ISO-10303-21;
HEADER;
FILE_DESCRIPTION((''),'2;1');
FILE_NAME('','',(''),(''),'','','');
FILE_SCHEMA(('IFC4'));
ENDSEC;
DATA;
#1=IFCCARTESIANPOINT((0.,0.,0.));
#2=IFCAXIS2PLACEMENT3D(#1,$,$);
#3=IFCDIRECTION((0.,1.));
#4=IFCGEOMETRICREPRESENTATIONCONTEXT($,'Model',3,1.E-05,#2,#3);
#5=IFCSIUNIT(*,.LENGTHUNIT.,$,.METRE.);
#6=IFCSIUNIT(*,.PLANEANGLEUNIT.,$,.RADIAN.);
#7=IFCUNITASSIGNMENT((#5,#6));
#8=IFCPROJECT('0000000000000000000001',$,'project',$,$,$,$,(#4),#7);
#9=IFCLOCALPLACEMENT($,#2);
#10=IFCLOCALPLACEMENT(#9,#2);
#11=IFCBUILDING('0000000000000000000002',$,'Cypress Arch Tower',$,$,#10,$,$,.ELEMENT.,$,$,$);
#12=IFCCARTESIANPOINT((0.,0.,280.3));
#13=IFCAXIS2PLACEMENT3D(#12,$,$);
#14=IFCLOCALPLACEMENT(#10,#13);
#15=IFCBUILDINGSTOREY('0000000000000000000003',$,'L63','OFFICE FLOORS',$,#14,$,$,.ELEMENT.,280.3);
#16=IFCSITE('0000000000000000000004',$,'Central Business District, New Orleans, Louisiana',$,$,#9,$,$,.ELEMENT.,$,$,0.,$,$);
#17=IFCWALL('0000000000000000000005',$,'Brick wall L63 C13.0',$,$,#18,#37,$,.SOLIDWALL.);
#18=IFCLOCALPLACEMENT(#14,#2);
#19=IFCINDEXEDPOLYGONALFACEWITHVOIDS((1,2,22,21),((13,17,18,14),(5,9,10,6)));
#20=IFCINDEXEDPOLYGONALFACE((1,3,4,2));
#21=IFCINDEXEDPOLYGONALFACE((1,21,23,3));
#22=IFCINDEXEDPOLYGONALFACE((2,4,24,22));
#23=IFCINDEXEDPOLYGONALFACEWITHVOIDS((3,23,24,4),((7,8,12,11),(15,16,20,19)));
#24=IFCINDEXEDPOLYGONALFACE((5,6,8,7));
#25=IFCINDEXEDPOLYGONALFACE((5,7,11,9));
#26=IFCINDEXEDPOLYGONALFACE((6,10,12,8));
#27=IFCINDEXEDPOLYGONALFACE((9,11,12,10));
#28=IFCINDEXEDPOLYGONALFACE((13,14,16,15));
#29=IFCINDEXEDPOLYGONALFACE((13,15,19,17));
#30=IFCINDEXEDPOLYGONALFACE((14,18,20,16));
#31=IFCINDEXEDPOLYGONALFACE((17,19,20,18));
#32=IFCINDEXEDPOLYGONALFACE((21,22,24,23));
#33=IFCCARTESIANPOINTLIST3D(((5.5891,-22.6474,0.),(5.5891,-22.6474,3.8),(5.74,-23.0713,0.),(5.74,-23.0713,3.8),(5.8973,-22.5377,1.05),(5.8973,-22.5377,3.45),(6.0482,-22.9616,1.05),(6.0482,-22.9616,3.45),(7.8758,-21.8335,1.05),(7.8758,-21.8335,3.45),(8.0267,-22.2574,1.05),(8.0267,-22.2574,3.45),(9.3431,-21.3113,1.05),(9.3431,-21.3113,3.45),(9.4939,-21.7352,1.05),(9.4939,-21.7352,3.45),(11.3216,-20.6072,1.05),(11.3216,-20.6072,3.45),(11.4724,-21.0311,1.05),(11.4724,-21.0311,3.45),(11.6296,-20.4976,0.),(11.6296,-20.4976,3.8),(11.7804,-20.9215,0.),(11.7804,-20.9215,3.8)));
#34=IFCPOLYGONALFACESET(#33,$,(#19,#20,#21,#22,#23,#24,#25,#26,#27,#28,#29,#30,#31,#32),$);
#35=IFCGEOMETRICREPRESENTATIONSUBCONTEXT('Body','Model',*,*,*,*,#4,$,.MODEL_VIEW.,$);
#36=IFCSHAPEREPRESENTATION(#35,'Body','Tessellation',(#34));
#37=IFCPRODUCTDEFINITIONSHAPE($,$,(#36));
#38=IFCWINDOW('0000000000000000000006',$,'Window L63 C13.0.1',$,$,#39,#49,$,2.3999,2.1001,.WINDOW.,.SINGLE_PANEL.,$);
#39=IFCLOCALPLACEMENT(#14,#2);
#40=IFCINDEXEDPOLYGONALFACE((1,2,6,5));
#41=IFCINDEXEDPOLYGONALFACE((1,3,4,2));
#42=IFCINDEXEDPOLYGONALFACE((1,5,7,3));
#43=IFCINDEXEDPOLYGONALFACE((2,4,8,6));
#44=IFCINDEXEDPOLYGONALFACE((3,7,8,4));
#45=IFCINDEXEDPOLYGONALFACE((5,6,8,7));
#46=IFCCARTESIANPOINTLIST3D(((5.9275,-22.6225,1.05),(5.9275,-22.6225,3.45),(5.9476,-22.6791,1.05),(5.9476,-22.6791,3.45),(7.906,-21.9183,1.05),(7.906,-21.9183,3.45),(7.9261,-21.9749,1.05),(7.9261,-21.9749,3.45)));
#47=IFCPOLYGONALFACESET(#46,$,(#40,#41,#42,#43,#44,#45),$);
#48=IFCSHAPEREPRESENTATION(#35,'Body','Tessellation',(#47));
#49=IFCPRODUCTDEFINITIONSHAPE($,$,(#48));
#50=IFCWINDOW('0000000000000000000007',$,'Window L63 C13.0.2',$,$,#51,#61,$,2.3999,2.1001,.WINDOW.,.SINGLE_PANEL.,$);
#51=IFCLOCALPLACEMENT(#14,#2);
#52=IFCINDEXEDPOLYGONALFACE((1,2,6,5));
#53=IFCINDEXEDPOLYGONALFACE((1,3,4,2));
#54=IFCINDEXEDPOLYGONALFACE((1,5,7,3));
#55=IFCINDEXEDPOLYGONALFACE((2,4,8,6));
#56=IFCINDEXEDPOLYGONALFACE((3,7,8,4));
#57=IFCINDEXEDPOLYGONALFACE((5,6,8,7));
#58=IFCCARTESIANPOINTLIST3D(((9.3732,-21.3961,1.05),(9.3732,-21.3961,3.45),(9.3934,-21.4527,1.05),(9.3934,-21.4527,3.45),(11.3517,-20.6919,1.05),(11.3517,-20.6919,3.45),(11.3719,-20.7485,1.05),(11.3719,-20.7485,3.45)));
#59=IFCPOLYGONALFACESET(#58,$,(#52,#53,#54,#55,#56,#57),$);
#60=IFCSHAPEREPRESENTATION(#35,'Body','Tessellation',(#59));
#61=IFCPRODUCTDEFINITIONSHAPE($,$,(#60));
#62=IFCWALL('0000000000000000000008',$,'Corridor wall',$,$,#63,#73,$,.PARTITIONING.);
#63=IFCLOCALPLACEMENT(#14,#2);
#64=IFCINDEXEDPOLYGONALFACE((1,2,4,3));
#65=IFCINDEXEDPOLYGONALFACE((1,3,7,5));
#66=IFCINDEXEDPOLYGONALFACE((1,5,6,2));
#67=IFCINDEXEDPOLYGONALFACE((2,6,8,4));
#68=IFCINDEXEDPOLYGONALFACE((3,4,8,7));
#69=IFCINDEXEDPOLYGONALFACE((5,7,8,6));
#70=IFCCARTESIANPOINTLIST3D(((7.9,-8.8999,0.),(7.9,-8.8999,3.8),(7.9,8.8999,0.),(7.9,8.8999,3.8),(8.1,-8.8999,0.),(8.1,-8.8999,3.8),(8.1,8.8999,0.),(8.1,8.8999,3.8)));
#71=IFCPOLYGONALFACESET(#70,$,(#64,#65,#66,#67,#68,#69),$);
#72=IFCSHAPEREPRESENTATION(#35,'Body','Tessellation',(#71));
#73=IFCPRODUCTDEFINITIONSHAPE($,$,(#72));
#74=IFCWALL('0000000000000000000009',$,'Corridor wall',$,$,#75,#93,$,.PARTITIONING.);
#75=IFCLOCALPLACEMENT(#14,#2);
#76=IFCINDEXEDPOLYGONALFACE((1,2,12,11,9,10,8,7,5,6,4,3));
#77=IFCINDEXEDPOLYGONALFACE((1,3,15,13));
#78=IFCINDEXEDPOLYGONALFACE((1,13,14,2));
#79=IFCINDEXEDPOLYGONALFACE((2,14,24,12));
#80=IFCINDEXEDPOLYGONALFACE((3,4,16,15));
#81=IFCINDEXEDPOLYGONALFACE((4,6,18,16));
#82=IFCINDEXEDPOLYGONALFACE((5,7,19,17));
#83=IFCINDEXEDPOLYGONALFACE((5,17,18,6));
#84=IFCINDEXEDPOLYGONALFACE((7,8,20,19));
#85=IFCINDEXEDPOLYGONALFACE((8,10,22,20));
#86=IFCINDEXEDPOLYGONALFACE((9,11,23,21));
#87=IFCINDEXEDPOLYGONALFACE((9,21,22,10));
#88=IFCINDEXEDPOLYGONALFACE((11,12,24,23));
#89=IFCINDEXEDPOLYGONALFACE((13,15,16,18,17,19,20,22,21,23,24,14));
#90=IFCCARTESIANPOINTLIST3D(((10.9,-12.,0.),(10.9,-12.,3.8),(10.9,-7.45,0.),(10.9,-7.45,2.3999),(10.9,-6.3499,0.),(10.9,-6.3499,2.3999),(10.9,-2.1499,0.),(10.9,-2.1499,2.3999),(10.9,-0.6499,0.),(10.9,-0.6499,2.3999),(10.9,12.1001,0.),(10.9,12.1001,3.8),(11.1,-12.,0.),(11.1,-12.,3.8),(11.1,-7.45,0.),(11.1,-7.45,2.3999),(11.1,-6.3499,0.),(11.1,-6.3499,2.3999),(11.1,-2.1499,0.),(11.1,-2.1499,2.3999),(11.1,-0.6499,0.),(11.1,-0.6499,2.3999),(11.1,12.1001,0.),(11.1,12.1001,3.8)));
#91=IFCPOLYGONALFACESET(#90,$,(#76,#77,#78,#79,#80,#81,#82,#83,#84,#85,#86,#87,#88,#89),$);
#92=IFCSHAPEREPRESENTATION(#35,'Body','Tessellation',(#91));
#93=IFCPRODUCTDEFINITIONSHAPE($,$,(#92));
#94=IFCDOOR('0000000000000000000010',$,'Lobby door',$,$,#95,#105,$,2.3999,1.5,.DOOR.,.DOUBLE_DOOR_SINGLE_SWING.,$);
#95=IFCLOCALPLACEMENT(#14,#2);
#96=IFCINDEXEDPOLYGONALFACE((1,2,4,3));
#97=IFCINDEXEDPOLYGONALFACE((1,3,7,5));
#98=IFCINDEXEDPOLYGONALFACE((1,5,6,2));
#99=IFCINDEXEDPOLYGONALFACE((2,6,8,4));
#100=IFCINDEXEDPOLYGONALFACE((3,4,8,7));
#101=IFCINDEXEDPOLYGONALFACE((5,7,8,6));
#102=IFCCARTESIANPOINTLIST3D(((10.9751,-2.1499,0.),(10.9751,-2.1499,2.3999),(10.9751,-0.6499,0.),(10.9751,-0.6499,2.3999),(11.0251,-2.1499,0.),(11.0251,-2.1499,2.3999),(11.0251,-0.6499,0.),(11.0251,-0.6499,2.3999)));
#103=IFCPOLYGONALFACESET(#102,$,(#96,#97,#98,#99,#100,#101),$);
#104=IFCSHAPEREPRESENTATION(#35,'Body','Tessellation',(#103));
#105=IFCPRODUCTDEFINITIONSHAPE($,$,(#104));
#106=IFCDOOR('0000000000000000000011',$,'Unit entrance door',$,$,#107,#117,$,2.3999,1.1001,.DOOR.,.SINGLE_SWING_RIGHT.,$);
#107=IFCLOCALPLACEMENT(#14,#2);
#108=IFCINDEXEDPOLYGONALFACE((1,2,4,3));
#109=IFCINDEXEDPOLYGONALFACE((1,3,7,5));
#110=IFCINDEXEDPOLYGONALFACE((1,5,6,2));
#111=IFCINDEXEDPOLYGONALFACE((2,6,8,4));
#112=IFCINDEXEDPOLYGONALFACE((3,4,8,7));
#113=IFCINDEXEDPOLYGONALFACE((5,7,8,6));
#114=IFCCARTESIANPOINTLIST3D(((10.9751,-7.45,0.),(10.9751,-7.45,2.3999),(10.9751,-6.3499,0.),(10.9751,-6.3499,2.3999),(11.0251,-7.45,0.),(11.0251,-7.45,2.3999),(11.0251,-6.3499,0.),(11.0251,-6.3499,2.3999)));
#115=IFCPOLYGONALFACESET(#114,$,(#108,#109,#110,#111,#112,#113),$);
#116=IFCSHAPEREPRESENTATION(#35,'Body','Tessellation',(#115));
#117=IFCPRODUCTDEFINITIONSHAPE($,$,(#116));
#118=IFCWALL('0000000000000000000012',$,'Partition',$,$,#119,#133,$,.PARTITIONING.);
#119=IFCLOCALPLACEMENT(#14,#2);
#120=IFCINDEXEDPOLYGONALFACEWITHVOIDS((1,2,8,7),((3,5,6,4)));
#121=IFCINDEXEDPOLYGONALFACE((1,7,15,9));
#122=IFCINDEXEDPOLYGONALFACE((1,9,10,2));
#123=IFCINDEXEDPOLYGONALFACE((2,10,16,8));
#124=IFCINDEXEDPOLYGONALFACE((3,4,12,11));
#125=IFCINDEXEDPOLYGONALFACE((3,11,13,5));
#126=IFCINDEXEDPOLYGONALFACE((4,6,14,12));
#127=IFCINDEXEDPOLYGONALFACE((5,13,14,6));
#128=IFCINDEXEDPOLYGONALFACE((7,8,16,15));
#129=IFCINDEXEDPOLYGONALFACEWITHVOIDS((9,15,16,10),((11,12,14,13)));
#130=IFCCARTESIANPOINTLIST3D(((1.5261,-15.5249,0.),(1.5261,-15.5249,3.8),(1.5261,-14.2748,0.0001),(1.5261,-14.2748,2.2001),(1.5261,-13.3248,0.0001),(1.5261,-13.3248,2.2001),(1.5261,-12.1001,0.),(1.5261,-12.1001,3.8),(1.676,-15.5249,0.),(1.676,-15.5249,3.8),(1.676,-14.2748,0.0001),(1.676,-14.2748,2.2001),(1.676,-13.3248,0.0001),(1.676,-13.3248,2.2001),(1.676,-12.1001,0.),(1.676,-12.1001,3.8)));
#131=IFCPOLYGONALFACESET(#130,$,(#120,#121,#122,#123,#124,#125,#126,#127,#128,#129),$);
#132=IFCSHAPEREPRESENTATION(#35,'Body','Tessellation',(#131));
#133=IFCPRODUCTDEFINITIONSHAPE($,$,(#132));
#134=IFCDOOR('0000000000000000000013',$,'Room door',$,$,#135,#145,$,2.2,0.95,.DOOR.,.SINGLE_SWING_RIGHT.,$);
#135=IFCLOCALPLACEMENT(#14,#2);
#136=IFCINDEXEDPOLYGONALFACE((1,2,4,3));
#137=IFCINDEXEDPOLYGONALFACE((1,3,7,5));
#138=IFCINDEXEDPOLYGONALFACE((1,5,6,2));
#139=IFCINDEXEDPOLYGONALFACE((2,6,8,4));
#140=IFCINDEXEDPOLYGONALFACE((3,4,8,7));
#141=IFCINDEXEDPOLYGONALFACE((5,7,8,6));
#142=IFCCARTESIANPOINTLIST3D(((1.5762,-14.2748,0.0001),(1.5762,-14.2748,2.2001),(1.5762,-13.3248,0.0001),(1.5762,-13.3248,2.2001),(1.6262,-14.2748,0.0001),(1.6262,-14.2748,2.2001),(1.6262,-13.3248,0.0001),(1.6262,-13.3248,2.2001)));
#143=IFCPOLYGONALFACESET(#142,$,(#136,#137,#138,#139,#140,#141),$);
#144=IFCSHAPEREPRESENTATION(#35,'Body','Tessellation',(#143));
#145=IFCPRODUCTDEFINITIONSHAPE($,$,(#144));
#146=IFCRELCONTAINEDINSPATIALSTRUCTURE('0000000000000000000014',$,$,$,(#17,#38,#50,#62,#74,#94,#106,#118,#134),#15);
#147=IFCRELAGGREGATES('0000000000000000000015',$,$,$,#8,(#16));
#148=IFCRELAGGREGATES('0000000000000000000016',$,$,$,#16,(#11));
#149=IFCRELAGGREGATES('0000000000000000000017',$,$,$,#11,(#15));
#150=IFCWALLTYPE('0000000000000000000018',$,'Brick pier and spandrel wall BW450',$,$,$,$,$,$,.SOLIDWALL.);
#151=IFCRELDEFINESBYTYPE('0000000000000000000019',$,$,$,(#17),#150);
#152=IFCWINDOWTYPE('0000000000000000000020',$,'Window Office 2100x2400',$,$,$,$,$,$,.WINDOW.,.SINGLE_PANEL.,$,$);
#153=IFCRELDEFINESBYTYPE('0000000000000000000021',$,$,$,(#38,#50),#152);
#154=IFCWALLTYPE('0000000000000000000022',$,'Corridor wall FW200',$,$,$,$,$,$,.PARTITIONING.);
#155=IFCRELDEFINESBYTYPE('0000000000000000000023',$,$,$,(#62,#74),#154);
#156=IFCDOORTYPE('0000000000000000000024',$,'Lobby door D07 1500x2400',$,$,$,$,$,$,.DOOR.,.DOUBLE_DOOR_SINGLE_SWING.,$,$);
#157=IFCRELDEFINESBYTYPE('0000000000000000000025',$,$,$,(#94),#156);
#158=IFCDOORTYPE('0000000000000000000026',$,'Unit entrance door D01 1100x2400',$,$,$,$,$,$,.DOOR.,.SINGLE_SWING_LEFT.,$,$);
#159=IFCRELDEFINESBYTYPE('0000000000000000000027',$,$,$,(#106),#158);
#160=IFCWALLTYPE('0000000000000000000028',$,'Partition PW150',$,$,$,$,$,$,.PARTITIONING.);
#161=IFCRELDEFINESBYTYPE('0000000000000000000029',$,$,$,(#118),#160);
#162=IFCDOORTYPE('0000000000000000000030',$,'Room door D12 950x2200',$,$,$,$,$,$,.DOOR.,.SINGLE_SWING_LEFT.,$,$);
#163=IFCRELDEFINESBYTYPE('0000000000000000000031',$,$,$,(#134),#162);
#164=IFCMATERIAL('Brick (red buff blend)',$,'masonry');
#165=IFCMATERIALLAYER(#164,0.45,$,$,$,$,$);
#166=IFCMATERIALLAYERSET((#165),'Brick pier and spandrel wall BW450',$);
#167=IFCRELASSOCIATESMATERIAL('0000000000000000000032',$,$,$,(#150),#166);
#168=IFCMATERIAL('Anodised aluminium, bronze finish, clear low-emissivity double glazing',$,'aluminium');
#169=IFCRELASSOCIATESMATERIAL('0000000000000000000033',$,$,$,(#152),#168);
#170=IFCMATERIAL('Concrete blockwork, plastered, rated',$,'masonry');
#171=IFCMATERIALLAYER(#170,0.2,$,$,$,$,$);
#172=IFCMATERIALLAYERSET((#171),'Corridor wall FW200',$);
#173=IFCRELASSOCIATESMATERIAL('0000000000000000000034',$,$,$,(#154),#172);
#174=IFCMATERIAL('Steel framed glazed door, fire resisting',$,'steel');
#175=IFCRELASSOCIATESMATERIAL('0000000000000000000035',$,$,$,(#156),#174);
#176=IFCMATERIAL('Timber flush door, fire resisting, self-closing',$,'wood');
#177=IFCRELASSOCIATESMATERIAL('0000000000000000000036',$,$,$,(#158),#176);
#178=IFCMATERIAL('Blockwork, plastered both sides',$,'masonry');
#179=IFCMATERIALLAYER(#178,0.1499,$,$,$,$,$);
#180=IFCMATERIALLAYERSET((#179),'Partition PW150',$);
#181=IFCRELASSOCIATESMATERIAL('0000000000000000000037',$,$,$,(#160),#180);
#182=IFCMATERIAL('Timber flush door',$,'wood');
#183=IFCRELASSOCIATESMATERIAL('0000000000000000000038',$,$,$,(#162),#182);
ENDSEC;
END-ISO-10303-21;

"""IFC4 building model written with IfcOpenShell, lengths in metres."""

from ifc_helpers import new_model, si_unit, direction, frame, frame_2d, origin, place, context, subcontext, project, spatial, rectangle, extrude, material, layer, layer_set, type_object, element, fill, save


model = new_model("IFC4")

# Units and contexts
model_context = context("Model", 3, precision=1e-05, world=origin(), true_north=direction((0.0, 1.0)))
body_context = subcontext(model_context, "Body", "Model", "MODEL_VIEW")
ifc_project = project(units=[si_unit("LENGTHUNIT", "METRE"), si_unit("PLANEANGLEUNIT", "RADIAN")], contexts=[model_context])

# Site, building, storey
site_placement = place(None, origin())
site = spatial("IfcSite", under=ifc_project, at=site_placement, Name="Central Business District, New Orleans, Louisiana", CompositionType="ELEMENT", RefElevation=0.0)
building_placement = place(site_placement, origin())
building = spatial("IfcBuilding", under=site, at=building_placement, Name="Cypress Arch Tower", CompositionType="ELEMENT")
storey_placement = place(building_placement, frame((0.0, 0.0, 280.3)))
storey = spatial("IfcBuildingStorey", under=building, at=storey_placement, Name="L63", Description="OFFICE FLOORS", CompositionType="ELEMENT", Elevation=280.3)

# Wall, openings, windows
ifc_material_1 = material(Name="Brick (red buff blend)", Category="masonry")
ifc_layer_1 = layer(ifc_material_1, 0.45)
ifc_layer_set_1 = layer_set([ifc_layer_1], Name="Brick pier and spandrel wall BW450")
wall_type_1 = type_object("IfcWallType", Name="Brick pier and spandrel wall BW450", PredefinedType="SOLIDWALL", material=ifc_layer_set_1)
wall_1_placement = place(storey_placement, frame((5.6646, -22.8594, 0.0), z_axis=(0.0, 0.0, 1.0), x_axis=(0.942108, 0.335309, 0.0)))
wall_1 = element("IfcWall", 1, at=wall_1_placement, inside=storey, type_object=wall_type_1, Name="Brick wall L63 C13.0", PredefinedType="SOLIDWALL", context=body_context, shape_type="SweptSolid", body=[
    extrude(rectangle(XDim=6.4116, YDim=0.45, at=frame_2d((3.2058, 0.0))), origin(), (0.0, 0.0, 1.0), 3.8),
])
opening_1_placement = place(wall_1_placement, frame((0.3271, 0.0, 1.05)))
opening_1 = element("IfcOpeningElement", 2, at=opening_1_placement, cuts=wall_1, PredefinedType="OPENING", context=body_context, shape_type="SweptSolid", body=[
    extrude(rectangle(XDim=2.1001, YDim=2.3999, at=frame_2d((1.05, 1.2))), frame((0.0, 0.2349, 0.0), z_axis=(0.0, -1.0, 0.0), x_axis=(1.0, 0.0, 0.0)), (0.0, 0.0, 1.0), 0.47),
])
opening_2_placement = place(wall_1_placement, frame((3.9846, 0.0, 1.05)))
opening_2 = element("IfcOpeningElement", 3, at=opening_2_placement, cuts=wall_1, PredefinedType="OPENING", context=body_context, shape_type="SweptSolid", body=[
    extrude(rectangle(XDim=2.1001, YDim=2.3999, at=frame_2d((1.05, 1.2))), frame((0.0, 0.2349, 0.0), z_axis=(0.0, -1.0, 0.0), x_axis=(1.0, 0.0, 0.0)), (0.0, 0.0, 1.0), 0.47),
])
ifc_material_2 = material(Name="Anodised aluminium, bronze finish, clear low-emissivity double glazing", Category="aluminium")
window_type = type_object("IfcWindowType", Name="Window Office 2100x2400", PartitioningType="SINGLE_PANEL", PredefinedType="WINDOW", material=ifc_material_2)
window_1_placement = place(opening_1_placement, origin())
window_1 = element("IfcWindow", 4, at=window_1_placement, inside=storey, type_object=window_type, Name="Window L63 C13.0.1", OverallHeight=2.3999, OverallWidth=2.1001, PartitioningType="SINGLE_PANEL", PredefinedType="WINDOW", context=body_context, shape_type="SweptSolid", body=[
    extrude(rectangle(XDim=2.1001, YDim=2.3999, at=frame_2d((1.05, 1.2))), frame((0.0, 0.135, 0.0), z_axis=(0.0, -1.0, 0.0), x_axis=(1.0, 0.0, 0.0)), (0.0, 0.0, 1.0), 0.0601),
])
fill(opening_1, window_1)
window_2_placement = place(opening_2_placement, origin())
window_2 = element("IfcWindow", 5, at=window_2_placement, inside=storey, type_object=window_type, Name="Window L63 C13.0.2", OverallHeight=2.3999, OverallWidth=2.1001, PartitioningType="SINGLE_PANEL", PredefinedType="WINDOW", context=body_context, shape_type="SweptSolid", body=[
    extrude(rectangle(XDim=2.1001, YDim=2.3999, at=frame_2d((1.05, 1.2))), frame((0.0, 0.135, 0.0), z_axis=(0.0, -1.0, 0.0), x_axis=(1.0, 0.0, 0.0)), (0.0, 0.0, 1.0), 0.0601),
])
fill(opening_2, window_2)

# Wall
ifc_material_3 = material(Name="Concrete blockwork, plastered, rated", Category="masonry")
ifc_layer_2 = layer(ifc_material_3, 0.2)
ifc_layer_set_2 = layer_set([ifc_layer_2], Name="Corridor wall FW200")
wall_type_2 = type_object("IfcWallType", Name="Corridor wall FW200", PredefinedType="PARTITIONING", material=ifc_layer_set_2)
wall_2_placement = place(storey_placement, frame((8.0, -8.8999, 0.0), z_axis=(0.0, 0.0, 1.0), x_axis=(0.0, 1.0, 0.0)))
element("IfcWall", 6, at=wall_2_placement, inside=storey, type_object=wall_type_2, Name="Corridor wall", PredefinedType="PARTITIONING", context=body_context, shape_type="SweptSolid", body=[
    extrude(rectangle(XDim=17.7998, YDim=0.2, at=frame_2d((8.8999, 0.0))), origin(), (0.0, 0.0, 1.0), 3.8),
])

# Wall, openings, doors
wall_3_placement = place(storey_placement, frame((11.0, -12.0, 0.0), z_axis=(0.0, 0.0, 1.0), x_axis=(0.0, 1.0, 0.0)))
wall_3 = element("IfcWall", 7, at=wall_3_placement, inside=storey, type_object=wall_type_2, Name="Corridor wall", PredefinedType="PARTITIONING", context=body_context, shape_type="SweptSolid", body=[
    extrude(rectangle(XDim=24.1001, YDim=0.2, at=frame_2d((12.05, 0.0))), origin(), (0.0, 0.0, 1.0), 3.8),
])
opening_3_placement = place(wall_3_placement, frame((9.8501, 0.0, 0.0)))
opening_3 = element("IfcOpeningElement", 8, at=opening_3_placement, cuts=wall_3, PredefinedType="OPENING", context=body_context, shape_type="SweptSolid", body=[
    extrude(rectangle(XDim=1.5, YDim=2.3999, at=frame_2d((0.75, 1.2))), frame((0.0, 0.1099, 0.0), z_axis=(0.0, -1.0, 0.0), x_axis=(1.0, 0.0, 0.0)), (0.0, 0.0, 1.0), 0.22),
])
opening_4_placement = place(wall_3_placement, frame((4.55, 0.0, 0.0)))
opening_4 = element("IfcOpeningElement", 9, at=opening_4_placement, cuts=wall_3, PredefinedType="OPENING", context=body_context, shape_type="SweptSolid", body=[
    extrude(rectangle(XDim=1.1001, YDim=2.3999, at=frame_2d((0.55, 1.2))), frame((0.0, 0.1099, 0.0), z_axis=(0.0, -1.0, 0.0), x_axis=(1.0, 0.0, 0.0)), (0.0, 0.0, 1.0), 0.22),
])
ifc_material_4 = material(Name="Steel framed glazed door, fire resisting", Category="steel")
door_type_1 = type_object("IfcDoorType", Name="Lobby door D07 1500x2400", OperationType="DOUBLE_DOOR_SINGLE_SWING", PredefinedType="DOOR", material=ifc_material_4)
door_1_placement = place(opening_3_placement, origin())
door_1 = element("IfcDoor", 10, at=door_1_placement, inside=storey, type_object=door_type_1, Name="Lobby door", OperationType="DOUBLE_DOOR_SINGLE_SWING", OverallHeight=2.3999, OverallWidth=1.5, PredefinedType="DOOR", context=body_context, shape_type="SweptSolid", body=[
    extrude(rectangle(XDim=1.5, YDim=2.3999, at=frame_2d((0.75, 1.2))), frame((0.0, 0.0249, 0.0), z_axis=(0.0, -1.0, 0.0), x_axis=(1.0, 0.0, 0.0)), (0.0, 0.0, 1.0), 0.05),
])
fill(opening_3, door_1)
ifc_material_5 = material(Name="Timber flush door, fire resisting, self-closing", Category="wood")
door_type_2 = type_object("IfcDoorType", Name="Unit entrance door D01 1100x2400", OperationType="SINGLE_SWING_LEFT", PredefinedType="DOOR", material=ifc_material_5)
door_2_placement = place(opening_4_placement, origin())
door_2 = element("IfcDoor", 11, at=door_2_placement, inside=storey, type_object=door_type_2, Name="Unit entrance door", OperationType="SINGLE_SWING_RIGHT", OverallHeight=2.3999, OverallWidth=1.1001, PredefinedType="DOOR", context=body_context, shape_type="SweptSolid", body=[
    extrude(rectangle(XDim=1.1001, YDim=2.3999, at=frame_2d((0.55, 1.2))), frame((0.0, 0.0249, 0.0), z_axis=(0.0, -1.0, 0.0), x_axis=(1.0, 0.0, 0.0)), (0.0, 0.0, 1.0), 0.05),
])
fill(opening_4, door_2)

# Wall, opening, door
ifc_material_6 = material(Name="Blockwork, plastered both sides", Category="masonry")
ifc_layer_3 = layer(ifc_material_6, 0.1499)
ifc_layer_set_3 = layer_set([ifc_layer_3], Name="Partition PW150")
wall_type_3 = type_object("IfcWallType", Name="Partition PW150", PredefinedType="PARTITIONING", material=ifc_layer_set_3)
wall_4_placement = place(storey_placement, frame((1.6011, -15.5249, 0.0), z_axis=(0.0, 0.0, 1.0), x_axis=(0.0, 1.0, 0.0)))
wall_4 = element("IfcWall", 12, at=wall_4_placement, inside=storey, type_object=wall_type_3, Name="Partition", PredefinedType="PARTITIONING", context=body_context, shape_type="SweptSolid", body=[
    extrude(rectangle(XDim=3.4248, YDim=0.1499, at=frame_2d((1.7124, 0.0))), origin(), (0.0, 0.0, 1.0), 3.8),
])
opening_5_placement = place(wall_4_placement, frame((1.25, 0.0, 0.0)))
opening_5 = element("IfcOpeningElement", 13, at=opening_5_placement, cuts=wall_4, PredefinedType="OPENING", context=body_context, shape_type="SweptSolid", body=[
    extrude(rectangle(XDim=0.95, YDim=2.2, at=frame_2d((0.4751, 1.1001))), frame((0.0, 0.085, 0.0), z_axis=(0.0, -1.0, 0.0), x_axis=(1.0, 0.0, 0.0)), (0.0, 0.0, 1.0), 0.1699),
])
ifc_material_7 = material(Name="Timber flush door", Category="wood")
door_type_3 = type_object("IfcDoorType", Name="Room door D12 950x2200", OperationType="SINGLE_SWING_LEFT", PredefinedType="DOOR", material=ifc_material_7)
door_3_placement = place(opening_5_placement, origin())
door_3 = element("IfcDoor", 14, at=door_3_placement, inside=storey, type_object=door_type_3, Name="Room door", OperationType="SINGLE_SWING_RIGHT", OverallHeight=2.2, OverallWidth=0.95, PredefinedType="DOOR", context=body_context, shape_type="SweptSolid", body=[
    extrude(rectangle(XDim=0.95, YDim=2.2, at=frame_2d((0.4751, 1.1001))), frame((0.0, 0.0249, 0.0), z_axis=(0.0, -1.0, 0.0), x_axis=(1.0, 0.0, 0.0)), (0.0, 0.0, 1.0), 0.05),
])
fill(opening_5, door_3)

save(model, "model.ifc")
